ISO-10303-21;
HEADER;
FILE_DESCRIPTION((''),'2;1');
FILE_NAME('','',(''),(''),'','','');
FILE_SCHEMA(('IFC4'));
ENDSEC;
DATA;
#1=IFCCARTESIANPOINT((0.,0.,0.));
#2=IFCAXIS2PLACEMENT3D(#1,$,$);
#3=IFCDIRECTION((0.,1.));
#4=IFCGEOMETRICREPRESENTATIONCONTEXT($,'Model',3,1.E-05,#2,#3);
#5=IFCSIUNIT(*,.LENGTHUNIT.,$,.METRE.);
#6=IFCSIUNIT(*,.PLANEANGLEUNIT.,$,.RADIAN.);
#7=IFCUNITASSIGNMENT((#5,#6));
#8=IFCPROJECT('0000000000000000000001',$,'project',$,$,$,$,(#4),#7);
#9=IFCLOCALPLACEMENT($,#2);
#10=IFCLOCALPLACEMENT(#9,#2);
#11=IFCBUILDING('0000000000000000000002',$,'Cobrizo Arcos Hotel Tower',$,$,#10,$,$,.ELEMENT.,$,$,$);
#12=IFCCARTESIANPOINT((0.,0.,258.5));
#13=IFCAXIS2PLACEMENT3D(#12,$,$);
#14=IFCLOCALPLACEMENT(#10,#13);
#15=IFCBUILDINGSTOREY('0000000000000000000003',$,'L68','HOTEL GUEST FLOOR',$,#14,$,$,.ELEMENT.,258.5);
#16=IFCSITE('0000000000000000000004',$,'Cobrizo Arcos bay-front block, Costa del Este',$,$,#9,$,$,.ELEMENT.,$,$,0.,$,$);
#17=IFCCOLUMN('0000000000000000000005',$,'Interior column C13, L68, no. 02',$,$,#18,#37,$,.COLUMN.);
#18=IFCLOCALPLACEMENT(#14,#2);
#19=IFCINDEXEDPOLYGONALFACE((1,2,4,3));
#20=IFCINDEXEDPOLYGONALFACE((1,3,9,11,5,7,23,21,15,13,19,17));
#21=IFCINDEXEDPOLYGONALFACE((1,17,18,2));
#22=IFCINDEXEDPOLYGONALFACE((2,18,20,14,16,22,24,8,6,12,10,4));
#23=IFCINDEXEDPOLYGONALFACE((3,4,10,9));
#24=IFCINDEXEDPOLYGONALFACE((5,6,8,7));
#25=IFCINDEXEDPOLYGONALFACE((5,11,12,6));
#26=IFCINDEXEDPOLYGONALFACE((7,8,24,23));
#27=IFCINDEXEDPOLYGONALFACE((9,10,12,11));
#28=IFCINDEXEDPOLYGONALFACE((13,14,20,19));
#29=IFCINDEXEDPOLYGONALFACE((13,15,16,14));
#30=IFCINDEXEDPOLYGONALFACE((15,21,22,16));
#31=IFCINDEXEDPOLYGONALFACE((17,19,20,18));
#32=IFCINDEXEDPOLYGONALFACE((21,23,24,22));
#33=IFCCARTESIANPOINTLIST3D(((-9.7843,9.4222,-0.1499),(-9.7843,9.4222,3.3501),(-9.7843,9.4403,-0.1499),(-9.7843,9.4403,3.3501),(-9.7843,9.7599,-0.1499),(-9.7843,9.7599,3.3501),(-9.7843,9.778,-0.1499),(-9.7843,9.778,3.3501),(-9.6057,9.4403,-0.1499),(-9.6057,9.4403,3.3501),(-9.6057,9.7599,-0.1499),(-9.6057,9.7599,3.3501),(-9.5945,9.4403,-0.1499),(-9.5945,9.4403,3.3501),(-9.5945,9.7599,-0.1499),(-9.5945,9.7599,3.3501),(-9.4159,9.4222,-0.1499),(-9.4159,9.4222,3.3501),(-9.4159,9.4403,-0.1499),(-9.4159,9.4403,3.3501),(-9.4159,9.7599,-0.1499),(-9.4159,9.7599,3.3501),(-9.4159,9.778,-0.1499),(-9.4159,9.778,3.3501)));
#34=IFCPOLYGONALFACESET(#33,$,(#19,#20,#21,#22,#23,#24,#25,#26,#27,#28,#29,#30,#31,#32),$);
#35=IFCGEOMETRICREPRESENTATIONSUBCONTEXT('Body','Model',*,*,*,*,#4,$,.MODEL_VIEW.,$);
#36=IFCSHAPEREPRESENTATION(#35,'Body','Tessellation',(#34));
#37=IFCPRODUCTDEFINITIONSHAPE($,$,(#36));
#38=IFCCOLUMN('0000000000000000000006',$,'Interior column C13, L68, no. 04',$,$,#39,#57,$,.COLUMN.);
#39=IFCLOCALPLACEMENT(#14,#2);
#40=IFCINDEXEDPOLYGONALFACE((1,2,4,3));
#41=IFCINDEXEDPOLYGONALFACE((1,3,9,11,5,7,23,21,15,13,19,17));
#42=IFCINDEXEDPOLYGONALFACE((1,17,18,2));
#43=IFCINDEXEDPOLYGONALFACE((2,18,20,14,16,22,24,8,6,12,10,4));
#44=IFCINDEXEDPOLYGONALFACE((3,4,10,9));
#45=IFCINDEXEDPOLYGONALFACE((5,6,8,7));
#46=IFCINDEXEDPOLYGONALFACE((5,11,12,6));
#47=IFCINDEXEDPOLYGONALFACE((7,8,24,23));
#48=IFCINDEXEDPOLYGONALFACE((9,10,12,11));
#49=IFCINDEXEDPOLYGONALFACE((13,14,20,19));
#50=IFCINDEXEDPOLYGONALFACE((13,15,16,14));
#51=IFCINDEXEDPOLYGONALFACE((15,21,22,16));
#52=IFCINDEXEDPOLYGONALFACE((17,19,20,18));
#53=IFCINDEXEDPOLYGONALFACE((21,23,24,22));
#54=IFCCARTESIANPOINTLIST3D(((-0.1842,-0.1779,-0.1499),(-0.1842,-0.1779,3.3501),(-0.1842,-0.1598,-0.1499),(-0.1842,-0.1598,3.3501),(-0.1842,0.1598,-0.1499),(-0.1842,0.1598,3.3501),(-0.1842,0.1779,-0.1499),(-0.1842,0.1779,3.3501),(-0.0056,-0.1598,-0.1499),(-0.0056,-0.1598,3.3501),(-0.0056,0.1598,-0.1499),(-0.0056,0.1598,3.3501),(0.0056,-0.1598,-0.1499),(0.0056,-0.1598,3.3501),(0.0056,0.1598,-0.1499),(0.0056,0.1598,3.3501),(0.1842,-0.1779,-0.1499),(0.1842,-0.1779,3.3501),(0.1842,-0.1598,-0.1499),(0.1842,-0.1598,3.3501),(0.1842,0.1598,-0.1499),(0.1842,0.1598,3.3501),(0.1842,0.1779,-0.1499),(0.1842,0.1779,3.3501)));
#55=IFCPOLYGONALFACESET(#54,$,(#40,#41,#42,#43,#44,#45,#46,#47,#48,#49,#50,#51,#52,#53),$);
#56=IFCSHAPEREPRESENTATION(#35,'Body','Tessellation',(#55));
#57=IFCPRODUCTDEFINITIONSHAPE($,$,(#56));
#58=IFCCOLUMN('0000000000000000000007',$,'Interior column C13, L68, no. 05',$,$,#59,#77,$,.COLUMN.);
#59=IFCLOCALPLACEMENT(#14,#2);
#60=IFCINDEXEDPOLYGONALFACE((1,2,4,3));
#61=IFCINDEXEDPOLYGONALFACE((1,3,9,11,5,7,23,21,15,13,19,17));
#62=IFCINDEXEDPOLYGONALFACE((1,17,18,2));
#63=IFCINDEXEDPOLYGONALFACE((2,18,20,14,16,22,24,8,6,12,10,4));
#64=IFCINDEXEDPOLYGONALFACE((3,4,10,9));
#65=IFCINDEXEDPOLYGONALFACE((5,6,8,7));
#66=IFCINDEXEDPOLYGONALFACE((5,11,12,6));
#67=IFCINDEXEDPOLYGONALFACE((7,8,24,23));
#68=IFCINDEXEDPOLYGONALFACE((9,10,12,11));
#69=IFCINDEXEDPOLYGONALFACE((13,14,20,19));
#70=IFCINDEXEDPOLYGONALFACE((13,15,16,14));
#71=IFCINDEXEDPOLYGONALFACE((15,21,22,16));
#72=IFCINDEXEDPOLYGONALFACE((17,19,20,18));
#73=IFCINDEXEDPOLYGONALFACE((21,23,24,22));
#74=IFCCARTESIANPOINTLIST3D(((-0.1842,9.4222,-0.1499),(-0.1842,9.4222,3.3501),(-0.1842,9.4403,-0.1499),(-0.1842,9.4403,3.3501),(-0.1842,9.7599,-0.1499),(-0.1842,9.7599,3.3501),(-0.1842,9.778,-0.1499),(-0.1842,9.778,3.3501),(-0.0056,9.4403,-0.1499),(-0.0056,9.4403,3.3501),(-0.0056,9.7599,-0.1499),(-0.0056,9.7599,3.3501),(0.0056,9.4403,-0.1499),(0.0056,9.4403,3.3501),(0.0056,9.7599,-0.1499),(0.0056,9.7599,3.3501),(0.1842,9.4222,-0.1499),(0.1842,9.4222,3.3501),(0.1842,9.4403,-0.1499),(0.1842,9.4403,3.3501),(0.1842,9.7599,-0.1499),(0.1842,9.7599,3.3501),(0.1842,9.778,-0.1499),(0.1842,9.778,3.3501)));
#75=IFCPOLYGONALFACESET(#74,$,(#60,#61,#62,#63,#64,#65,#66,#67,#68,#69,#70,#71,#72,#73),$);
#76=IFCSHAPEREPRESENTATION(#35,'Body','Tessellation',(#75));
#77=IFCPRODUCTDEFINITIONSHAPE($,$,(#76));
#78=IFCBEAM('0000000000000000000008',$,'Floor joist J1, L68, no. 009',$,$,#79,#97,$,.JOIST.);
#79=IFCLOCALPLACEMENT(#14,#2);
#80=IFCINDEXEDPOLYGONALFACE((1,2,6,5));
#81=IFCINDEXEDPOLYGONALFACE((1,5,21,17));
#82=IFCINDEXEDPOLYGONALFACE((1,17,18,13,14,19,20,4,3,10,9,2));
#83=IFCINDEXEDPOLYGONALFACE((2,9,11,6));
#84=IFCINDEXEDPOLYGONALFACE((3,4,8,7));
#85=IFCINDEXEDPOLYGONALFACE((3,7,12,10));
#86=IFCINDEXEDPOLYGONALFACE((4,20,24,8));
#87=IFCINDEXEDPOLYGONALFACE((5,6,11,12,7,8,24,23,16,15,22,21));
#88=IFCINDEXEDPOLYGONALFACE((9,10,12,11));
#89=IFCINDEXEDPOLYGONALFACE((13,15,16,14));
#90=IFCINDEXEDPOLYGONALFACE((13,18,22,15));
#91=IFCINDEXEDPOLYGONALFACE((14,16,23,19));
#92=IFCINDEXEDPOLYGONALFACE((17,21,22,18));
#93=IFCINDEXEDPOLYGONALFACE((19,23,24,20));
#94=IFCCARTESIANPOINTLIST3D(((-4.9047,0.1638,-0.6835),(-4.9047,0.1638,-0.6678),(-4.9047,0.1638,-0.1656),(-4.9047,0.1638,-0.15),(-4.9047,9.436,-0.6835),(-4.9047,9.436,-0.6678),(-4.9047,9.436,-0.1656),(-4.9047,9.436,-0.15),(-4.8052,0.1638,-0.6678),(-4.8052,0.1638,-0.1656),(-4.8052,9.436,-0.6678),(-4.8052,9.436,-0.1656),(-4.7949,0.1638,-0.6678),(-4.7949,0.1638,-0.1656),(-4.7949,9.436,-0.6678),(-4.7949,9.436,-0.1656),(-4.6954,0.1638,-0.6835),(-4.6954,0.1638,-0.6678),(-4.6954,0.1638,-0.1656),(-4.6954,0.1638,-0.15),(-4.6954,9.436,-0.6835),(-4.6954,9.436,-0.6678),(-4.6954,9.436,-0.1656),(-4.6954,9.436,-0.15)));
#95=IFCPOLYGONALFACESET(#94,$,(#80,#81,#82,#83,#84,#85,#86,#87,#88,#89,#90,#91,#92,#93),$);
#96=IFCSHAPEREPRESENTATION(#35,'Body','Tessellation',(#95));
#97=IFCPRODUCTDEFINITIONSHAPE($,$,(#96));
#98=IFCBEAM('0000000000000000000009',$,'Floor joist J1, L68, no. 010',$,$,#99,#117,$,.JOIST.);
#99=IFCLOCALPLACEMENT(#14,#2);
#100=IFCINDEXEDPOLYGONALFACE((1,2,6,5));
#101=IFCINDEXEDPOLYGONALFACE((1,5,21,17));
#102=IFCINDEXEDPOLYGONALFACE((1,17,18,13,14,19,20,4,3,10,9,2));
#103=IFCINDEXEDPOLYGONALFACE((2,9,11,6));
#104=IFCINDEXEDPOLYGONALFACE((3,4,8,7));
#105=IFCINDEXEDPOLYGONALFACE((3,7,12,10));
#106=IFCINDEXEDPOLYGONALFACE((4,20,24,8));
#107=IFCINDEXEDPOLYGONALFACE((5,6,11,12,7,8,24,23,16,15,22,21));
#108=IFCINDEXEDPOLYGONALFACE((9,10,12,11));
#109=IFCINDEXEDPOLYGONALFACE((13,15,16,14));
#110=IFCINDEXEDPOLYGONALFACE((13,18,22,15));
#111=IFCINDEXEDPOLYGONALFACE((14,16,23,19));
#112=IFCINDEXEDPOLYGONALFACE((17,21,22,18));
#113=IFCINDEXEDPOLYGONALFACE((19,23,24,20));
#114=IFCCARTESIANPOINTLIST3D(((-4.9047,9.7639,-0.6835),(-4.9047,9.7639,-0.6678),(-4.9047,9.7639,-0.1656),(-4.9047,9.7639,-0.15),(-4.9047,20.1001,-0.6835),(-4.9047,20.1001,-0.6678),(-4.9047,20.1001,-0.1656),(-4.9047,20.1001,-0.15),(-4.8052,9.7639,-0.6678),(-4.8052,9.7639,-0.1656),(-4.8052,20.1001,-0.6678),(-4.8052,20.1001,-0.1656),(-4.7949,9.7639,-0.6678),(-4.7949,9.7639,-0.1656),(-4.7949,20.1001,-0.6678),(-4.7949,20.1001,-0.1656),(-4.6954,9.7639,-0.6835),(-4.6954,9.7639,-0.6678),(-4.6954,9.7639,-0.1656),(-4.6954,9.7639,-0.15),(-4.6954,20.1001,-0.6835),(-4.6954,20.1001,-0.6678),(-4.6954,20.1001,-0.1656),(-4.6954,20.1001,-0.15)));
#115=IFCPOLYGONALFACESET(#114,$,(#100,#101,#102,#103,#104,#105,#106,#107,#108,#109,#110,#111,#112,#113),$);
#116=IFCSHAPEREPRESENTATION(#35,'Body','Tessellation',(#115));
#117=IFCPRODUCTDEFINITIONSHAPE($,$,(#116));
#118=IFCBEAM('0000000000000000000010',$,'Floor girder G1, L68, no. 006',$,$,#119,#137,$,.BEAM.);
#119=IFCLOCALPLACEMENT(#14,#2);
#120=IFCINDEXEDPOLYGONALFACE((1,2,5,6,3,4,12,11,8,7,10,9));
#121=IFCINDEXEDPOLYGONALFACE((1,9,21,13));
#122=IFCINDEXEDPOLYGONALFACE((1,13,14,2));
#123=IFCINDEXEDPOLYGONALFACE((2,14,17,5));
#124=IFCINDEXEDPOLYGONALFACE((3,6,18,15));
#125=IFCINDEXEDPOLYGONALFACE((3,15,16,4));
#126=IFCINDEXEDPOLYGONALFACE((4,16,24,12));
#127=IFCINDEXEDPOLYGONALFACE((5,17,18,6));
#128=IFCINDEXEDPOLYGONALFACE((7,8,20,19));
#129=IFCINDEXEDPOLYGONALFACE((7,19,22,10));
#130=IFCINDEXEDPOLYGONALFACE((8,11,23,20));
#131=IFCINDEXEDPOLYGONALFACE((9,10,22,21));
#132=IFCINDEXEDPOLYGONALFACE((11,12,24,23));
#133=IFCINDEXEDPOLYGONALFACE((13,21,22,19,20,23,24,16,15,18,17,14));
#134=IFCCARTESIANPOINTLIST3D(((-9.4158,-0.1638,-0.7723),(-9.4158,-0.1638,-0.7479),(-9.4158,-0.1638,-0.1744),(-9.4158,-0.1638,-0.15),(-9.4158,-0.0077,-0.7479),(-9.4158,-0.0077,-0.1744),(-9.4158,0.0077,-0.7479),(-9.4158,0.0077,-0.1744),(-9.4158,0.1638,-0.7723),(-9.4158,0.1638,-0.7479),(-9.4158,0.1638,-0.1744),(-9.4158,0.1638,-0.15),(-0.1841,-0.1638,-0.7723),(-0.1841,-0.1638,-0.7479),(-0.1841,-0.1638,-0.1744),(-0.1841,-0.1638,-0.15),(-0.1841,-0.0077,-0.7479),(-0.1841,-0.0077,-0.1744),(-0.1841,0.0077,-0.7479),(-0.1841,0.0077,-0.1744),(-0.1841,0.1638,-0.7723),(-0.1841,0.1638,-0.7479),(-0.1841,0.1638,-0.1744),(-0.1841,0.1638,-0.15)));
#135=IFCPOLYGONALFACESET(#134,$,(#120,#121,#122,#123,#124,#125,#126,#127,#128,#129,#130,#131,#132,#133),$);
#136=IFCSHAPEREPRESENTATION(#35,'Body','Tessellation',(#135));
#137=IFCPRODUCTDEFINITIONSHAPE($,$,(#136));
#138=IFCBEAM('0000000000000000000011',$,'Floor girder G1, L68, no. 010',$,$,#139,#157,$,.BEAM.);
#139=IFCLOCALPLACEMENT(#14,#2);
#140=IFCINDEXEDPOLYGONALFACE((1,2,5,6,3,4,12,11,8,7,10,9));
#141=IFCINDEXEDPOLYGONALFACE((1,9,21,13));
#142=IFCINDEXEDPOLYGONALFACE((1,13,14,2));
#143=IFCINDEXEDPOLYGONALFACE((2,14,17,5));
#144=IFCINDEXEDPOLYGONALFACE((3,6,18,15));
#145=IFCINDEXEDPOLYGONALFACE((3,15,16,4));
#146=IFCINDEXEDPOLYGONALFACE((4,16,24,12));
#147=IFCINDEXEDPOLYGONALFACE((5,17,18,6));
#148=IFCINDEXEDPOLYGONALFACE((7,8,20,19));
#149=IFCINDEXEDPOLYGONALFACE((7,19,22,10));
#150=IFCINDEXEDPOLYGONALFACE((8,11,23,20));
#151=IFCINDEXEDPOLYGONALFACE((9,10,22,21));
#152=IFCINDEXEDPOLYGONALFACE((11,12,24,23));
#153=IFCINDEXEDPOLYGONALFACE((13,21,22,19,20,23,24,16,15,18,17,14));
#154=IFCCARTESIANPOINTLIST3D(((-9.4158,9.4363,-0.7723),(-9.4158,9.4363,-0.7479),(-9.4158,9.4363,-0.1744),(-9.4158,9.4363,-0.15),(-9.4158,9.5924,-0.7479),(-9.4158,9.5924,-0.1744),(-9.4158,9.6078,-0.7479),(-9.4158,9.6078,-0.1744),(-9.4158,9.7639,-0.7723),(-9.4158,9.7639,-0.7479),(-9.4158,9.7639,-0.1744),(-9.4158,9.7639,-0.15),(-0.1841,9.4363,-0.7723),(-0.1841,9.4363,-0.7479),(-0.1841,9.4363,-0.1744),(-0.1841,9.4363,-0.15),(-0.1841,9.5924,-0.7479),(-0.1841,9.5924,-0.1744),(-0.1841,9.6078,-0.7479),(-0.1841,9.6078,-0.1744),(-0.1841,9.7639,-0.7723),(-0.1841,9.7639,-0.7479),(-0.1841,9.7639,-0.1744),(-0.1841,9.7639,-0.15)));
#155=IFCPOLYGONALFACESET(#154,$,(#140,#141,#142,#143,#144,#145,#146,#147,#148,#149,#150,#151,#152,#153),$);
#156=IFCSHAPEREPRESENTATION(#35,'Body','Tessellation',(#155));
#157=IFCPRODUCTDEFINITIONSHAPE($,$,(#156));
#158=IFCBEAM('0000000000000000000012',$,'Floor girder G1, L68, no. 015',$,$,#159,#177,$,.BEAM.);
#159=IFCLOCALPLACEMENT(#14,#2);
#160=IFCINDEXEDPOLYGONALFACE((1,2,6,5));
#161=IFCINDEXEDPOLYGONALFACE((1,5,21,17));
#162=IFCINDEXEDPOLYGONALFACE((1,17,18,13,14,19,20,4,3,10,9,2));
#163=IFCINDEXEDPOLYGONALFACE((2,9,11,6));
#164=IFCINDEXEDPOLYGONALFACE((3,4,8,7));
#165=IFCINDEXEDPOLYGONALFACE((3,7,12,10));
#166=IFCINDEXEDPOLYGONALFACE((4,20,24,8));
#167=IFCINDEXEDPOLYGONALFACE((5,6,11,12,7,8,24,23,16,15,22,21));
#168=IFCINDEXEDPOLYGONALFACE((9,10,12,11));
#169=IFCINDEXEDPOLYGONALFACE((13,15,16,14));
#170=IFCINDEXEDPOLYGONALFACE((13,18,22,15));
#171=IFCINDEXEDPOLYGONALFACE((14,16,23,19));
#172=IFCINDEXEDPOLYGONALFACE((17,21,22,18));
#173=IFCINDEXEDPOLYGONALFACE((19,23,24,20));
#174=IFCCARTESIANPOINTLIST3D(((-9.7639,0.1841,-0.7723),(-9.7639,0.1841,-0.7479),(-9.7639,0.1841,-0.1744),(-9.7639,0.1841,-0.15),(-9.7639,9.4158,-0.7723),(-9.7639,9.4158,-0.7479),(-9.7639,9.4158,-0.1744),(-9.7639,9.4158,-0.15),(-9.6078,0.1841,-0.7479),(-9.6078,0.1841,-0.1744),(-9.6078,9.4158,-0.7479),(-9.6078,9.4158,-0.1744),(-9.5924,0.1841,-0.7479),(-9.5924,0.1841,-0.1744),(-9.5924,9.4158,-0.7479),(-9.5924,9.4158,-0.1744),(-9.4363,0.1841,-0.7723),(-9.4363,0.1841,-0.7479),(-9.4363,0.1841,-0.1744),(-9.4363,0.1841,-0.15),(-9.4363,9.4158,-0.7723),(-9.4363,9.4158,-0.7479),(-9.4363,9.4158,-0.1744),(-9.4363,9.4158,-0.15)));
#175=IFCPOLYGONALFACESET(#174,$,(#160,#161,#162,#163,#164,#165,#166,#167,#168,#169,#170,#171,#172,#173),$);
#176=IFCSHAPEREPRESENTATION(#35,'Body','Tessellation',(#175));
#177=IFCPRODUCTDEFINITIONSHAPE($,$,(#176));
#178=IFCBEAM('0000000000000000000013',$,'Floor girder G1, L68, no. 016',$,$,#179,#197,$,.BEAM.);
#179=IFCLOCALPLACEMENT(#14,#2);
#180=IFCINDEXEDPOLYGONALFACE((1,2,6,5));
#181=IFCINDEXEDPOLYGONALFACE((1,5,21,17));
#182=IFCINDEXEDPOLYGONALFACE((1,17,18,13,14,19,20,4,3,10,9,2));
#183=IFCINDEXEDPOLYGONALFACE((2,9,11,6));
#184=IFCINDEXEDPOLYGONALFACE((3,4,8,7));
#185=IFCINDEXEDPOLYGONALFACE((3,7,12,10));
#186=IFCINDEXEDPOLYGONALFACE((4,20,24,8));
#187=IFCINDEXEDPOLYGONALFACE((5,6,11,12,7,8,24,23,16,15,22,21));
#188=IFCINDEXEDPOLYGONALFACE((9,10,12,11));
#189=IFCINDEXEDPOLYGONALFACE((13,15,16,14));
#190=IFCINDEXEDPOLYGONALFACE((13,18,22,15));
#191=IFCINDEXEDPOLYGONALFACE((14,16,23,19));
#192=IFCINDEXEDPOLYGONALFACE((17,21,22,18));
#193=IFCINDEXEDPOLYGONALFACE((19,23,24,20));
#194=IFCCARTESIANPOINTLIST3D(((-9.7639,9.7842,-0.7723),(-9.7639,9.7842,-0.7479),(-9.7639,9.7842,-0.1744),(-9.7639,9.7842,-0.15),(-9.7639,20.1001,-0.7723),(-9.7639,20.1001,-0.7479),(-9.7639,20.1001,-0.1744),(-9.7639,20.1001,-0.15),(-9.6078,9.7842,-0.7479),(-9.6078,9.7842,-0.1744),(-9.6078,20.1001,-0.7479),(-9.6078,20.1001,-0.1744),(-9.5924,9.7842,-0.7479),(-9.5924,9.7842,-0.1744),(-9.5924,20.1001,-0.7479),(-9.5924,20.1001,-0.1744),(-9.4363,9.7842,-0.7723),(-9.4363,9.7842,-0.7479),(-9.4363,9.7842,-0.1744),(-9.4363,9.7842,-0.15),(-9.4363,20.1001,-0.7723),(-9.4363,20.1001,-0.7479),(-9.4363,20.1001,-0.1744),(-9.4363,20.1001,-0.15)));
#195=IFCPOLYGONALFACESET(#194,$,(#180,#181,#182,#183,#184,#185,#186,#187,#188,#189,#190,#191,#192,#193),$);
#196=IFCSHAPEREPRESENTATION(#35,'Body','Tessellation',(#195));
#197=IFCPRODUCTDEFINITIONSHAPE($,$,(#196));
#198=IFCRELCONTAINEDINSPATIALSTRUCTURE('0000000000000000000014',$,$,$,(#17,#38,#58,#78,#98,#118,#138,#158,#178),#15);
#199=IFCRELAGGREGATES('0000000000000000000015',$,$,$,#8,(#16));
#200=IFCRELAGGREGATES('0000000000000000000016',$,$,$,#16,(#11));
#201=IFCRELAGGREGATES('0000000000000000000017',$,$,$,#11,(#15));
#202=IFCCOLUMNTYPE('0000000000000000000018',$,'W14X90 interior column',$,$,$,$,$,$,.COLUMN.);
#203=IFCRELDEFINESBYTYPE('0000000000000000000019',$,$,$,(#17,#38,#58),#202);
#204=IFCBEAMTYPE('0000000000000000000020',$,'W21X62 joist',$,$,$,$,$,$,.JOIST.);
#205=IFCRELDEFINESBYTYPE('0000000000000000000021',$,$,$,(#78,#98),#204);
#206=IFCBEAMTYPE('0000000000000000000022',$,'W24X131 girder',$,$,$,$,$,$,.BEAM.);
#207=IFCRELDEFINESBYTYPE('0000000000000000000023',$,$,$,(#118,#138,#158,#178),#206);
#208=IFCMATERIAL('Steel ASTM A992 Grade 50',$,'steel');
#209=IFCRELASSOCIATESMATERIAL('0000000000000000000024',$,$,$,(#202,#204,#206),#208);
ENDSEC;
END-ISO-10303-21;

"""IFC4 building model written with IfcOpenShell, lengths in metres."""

from ifc_helpers import new_model, si_unit, direction, frame, origin, origin_2d, place, context, subcontext, project, spatial, i_section, extrude, material, material_profile, profile_set, type_object, element, save


model = new_model("IFC4")

# Units and contexts
model_context = context("Model", 3, precision=1e-05, world=origin(), true_north=direction((0.0, 1.0)))
body_context = subcontext(model_context, "Body", "Model", "MODEL_VIEW")
ifc_project = project(units=[si_unit("LENGTHUNIT", "METRE"), si_unit("PLANEANGLEUNIT", "RADIAN")], contexts=[model_context])

# Site, building, storey
site_placement = place(None, origin())
site = spatial("IfcSite", under=ifc_project, at=site_placement, Name="Cobrizo Arcos bay-front block, Costa del Este", CompositionType="ELEMENT", RefElevation=0.0)
building_placement = place(site_placement, origin())
building = spatial("IfcBuilding", under=site, at=building_placement, Name="Cobrizo Arcos Hotel Tower", CompositionType="ELEMENT")
storey_placement = place(building_placement, frame((0.0, 0.0, 258.5)))
storey = spatial("IfcBuildingStorey", under=building, at=storey_placement, Name="L68", Description="HOTEL GUEST FLOOR", CompositionType="ELEMENT", Elevation=258.5)

# Columns
ifc_material_1 = material(Name="Steel ASTM A992 Grade 50", Category="steel")
ifc_material_profile_1 = material_profile(ifc_material_1, i_section(OverallWidth=0.3684, OverallDepth=0.3557, WebThickness=0.0112, FlangeThickness=0.0181, at=origin_2d()), Name="W14X90")
ifc_profile_set_1 = profile_set([ifc_material_profile_1], Name="Steel ASTM A992 Grade 50")
column_type = type_object("IfcColumnType", Name="W14X90 interior column", PredefinedType="COLUMN", material=ifc_profile_set_1)
for number, where, z_axis, x_axis, name in (
    (1, (-9.6001, 9.6001, -0.1499), (0.0, 0.0, 1.0), (1.0, 0.0, 0.0), "Interior column C13, L68, no. 02"),
    (2, (0.0, 0.0, -0.1499), (0.0, 0.0, 1.0), (1.0, 0.0, 0.0), "Interior column C13, L68, no. 04"),
    (3, (0.0, 9.6001, -0.1499), (0.0, 0.0, 1.0), (1.0, 0.0, 0.0), "Interior column C13, L68, no. 05"),
):
    element("IfcColumn", number, at=place(storey_placement, frame(where, z_axis=z_axis, x_axis=x_axis)), inside=storey, type_object=column_type, Name=name, PredefinedType="COLUMN", context=body_context, shape_type="SweptSolid", body=[
        extrude(i_section(OverallWidth=0.3684, OverallDepth=0.3557, WebThickness=0.0112, FlangeThickness=0.0181, at=origin_2d()), origin(), (0.0, 0.0, 1.0), 3.5),
    ])

# Beams
ifc_material_profile_2 = material_profile(ifc_material_1, i_section(OverallWidth=0.2092, OverallDepth=0.5334, WebThickness=0.0103, FlangeThickness=0.0156, at=origin_2d()), Name="W21X62")
ifc_profile_set_2 = profile_set([ifc_material_profile_2], Name="Steel ASTM A992 Grade 50")
beam_type_1 = type_object("IfcBeamType", Name="W21X62 joist", PredefinedType="JOIST", material=ifc_profile_set_2)
beam_1_placement = place(storey_placement, frame((-4.8, 0.1638, -0.4167), z_axis=(0.0, 1.0, 0.0), x_axis=(-1.0, 0.0, 0.0)))
element("IfcBeam", 4, at=beam_1_placement, inside=storey, type_object=beam_type_1, Name="Floor joist J1, L68, no. 009", PredefinedType="JOIST", context=body_context, shape_type="SweptSolid", body=[
    extrude(i_section(OverallWidth=0.2092, OverallDepth=0.5334, WebThickness=0.0103, FlangeThickness=0.0156, at=origin_2d()), origin(), (0.0, 0.0, 1.0), 9.2722),
])
beam_2_placement = place(storey_placement, frame((-4.8, 9.7639, -0.4167), z_axis=(0.0, 1.0, 0.0), x_axis=(-1.0, 0.0, 0.0)))
element("IfcBeam", 5, at=beam_2_placement, inside=storey, type_object=beam_type_1, Name="Floor joist J1, L68, no. 010", PredefinedType="JOIST", context=body_context, shape_type="SweptSolid", body=[
    extrude(i_section(OverallWidth=0.2092, OverallDepth=0.5334, WebThickness=0.0103, FlangeThickness=0.0156, at=origin_2d()), origin(), (0.0, 0.0, 1.0), 10.3362),
])
ifc_material_profile_3 = material_profile(ifc_material_1, i_section(OverallWidth=0.3276, OverallDepth=0.6223, WebThickness=0.0154, FlangeThickness=0.0244, at=origin_2d()), Name="W24X131")
ifc_profile_set_3 = profile_set([ifc_material_profile_3], Name="Steel ASTM A992 Grade 50")
beam_type_2 = type_object("IfcBeamType", Name="W24X131 girder", PredefinedType="BEAM", material=ifc_profile_set_3)
for number, where, z_axis, x_axis, name in (
    (6, (-9.4158, 0.0, -0.4612), (1.0, 0.0, 0.0), (0.0, 1.0, 0.0), "Floor girder G1, L68, no. 006"),
    (7, (-9.4158, 9.6001, -0.4612), (1.0, 0.0, 0.0), (0.0, 1.0, 0.0), "Floor girder G1, L68, no. 010"),
    (8, (-9.6001, 0.1841, -0.4612), (0.0, 1.0, 0.0), (-1.0, 0.0, 0.0), "Floor girder G1, L68, no. 015"),
):
    element("IfcBeam", number, at=place(storey_placement, frame(where, z_axis=z_axis, x_axis=x_axis)), inside=storey, type_object=beam_type_2, Name=name, PredefinedType="BEAM", context=body_context, shape_type="SweptSolid", body=[
        extrude(i_section(OverallWidth=0.3276, OverallDepth=0.6223, WebThickness=0.0154, FlangeThickness=0.0244, at=origin_2d()), origin(), (0.0, 0.0, 1.0), 9.2317),
    ])
beam_3_placement = place(storey_placement, frame((-9.6001, 9.7842, -0.4612), z_axis=(0.0, 1.0, 0.0), x_axis=(-1.0, 0.0, 0.0)))
element("IfcBeam", 9, at=beam_3_placement, inside=storey, type_object=beam_type_2, Name="Floor girder G1, L68, no. 016", PredefinedType="BEAM", context=body_context, shape_type="SweptSolid", body=[
    extrude(i_section(OverallWidth=0.3276, OverallDepth=0.6223, WebThickness=0.0154, FlangeThickness=0.0244, at=origin_2d()), origin(), (0.0, 0.0, 1.0), 10.3159),
])

save(model, "model.ifc")
